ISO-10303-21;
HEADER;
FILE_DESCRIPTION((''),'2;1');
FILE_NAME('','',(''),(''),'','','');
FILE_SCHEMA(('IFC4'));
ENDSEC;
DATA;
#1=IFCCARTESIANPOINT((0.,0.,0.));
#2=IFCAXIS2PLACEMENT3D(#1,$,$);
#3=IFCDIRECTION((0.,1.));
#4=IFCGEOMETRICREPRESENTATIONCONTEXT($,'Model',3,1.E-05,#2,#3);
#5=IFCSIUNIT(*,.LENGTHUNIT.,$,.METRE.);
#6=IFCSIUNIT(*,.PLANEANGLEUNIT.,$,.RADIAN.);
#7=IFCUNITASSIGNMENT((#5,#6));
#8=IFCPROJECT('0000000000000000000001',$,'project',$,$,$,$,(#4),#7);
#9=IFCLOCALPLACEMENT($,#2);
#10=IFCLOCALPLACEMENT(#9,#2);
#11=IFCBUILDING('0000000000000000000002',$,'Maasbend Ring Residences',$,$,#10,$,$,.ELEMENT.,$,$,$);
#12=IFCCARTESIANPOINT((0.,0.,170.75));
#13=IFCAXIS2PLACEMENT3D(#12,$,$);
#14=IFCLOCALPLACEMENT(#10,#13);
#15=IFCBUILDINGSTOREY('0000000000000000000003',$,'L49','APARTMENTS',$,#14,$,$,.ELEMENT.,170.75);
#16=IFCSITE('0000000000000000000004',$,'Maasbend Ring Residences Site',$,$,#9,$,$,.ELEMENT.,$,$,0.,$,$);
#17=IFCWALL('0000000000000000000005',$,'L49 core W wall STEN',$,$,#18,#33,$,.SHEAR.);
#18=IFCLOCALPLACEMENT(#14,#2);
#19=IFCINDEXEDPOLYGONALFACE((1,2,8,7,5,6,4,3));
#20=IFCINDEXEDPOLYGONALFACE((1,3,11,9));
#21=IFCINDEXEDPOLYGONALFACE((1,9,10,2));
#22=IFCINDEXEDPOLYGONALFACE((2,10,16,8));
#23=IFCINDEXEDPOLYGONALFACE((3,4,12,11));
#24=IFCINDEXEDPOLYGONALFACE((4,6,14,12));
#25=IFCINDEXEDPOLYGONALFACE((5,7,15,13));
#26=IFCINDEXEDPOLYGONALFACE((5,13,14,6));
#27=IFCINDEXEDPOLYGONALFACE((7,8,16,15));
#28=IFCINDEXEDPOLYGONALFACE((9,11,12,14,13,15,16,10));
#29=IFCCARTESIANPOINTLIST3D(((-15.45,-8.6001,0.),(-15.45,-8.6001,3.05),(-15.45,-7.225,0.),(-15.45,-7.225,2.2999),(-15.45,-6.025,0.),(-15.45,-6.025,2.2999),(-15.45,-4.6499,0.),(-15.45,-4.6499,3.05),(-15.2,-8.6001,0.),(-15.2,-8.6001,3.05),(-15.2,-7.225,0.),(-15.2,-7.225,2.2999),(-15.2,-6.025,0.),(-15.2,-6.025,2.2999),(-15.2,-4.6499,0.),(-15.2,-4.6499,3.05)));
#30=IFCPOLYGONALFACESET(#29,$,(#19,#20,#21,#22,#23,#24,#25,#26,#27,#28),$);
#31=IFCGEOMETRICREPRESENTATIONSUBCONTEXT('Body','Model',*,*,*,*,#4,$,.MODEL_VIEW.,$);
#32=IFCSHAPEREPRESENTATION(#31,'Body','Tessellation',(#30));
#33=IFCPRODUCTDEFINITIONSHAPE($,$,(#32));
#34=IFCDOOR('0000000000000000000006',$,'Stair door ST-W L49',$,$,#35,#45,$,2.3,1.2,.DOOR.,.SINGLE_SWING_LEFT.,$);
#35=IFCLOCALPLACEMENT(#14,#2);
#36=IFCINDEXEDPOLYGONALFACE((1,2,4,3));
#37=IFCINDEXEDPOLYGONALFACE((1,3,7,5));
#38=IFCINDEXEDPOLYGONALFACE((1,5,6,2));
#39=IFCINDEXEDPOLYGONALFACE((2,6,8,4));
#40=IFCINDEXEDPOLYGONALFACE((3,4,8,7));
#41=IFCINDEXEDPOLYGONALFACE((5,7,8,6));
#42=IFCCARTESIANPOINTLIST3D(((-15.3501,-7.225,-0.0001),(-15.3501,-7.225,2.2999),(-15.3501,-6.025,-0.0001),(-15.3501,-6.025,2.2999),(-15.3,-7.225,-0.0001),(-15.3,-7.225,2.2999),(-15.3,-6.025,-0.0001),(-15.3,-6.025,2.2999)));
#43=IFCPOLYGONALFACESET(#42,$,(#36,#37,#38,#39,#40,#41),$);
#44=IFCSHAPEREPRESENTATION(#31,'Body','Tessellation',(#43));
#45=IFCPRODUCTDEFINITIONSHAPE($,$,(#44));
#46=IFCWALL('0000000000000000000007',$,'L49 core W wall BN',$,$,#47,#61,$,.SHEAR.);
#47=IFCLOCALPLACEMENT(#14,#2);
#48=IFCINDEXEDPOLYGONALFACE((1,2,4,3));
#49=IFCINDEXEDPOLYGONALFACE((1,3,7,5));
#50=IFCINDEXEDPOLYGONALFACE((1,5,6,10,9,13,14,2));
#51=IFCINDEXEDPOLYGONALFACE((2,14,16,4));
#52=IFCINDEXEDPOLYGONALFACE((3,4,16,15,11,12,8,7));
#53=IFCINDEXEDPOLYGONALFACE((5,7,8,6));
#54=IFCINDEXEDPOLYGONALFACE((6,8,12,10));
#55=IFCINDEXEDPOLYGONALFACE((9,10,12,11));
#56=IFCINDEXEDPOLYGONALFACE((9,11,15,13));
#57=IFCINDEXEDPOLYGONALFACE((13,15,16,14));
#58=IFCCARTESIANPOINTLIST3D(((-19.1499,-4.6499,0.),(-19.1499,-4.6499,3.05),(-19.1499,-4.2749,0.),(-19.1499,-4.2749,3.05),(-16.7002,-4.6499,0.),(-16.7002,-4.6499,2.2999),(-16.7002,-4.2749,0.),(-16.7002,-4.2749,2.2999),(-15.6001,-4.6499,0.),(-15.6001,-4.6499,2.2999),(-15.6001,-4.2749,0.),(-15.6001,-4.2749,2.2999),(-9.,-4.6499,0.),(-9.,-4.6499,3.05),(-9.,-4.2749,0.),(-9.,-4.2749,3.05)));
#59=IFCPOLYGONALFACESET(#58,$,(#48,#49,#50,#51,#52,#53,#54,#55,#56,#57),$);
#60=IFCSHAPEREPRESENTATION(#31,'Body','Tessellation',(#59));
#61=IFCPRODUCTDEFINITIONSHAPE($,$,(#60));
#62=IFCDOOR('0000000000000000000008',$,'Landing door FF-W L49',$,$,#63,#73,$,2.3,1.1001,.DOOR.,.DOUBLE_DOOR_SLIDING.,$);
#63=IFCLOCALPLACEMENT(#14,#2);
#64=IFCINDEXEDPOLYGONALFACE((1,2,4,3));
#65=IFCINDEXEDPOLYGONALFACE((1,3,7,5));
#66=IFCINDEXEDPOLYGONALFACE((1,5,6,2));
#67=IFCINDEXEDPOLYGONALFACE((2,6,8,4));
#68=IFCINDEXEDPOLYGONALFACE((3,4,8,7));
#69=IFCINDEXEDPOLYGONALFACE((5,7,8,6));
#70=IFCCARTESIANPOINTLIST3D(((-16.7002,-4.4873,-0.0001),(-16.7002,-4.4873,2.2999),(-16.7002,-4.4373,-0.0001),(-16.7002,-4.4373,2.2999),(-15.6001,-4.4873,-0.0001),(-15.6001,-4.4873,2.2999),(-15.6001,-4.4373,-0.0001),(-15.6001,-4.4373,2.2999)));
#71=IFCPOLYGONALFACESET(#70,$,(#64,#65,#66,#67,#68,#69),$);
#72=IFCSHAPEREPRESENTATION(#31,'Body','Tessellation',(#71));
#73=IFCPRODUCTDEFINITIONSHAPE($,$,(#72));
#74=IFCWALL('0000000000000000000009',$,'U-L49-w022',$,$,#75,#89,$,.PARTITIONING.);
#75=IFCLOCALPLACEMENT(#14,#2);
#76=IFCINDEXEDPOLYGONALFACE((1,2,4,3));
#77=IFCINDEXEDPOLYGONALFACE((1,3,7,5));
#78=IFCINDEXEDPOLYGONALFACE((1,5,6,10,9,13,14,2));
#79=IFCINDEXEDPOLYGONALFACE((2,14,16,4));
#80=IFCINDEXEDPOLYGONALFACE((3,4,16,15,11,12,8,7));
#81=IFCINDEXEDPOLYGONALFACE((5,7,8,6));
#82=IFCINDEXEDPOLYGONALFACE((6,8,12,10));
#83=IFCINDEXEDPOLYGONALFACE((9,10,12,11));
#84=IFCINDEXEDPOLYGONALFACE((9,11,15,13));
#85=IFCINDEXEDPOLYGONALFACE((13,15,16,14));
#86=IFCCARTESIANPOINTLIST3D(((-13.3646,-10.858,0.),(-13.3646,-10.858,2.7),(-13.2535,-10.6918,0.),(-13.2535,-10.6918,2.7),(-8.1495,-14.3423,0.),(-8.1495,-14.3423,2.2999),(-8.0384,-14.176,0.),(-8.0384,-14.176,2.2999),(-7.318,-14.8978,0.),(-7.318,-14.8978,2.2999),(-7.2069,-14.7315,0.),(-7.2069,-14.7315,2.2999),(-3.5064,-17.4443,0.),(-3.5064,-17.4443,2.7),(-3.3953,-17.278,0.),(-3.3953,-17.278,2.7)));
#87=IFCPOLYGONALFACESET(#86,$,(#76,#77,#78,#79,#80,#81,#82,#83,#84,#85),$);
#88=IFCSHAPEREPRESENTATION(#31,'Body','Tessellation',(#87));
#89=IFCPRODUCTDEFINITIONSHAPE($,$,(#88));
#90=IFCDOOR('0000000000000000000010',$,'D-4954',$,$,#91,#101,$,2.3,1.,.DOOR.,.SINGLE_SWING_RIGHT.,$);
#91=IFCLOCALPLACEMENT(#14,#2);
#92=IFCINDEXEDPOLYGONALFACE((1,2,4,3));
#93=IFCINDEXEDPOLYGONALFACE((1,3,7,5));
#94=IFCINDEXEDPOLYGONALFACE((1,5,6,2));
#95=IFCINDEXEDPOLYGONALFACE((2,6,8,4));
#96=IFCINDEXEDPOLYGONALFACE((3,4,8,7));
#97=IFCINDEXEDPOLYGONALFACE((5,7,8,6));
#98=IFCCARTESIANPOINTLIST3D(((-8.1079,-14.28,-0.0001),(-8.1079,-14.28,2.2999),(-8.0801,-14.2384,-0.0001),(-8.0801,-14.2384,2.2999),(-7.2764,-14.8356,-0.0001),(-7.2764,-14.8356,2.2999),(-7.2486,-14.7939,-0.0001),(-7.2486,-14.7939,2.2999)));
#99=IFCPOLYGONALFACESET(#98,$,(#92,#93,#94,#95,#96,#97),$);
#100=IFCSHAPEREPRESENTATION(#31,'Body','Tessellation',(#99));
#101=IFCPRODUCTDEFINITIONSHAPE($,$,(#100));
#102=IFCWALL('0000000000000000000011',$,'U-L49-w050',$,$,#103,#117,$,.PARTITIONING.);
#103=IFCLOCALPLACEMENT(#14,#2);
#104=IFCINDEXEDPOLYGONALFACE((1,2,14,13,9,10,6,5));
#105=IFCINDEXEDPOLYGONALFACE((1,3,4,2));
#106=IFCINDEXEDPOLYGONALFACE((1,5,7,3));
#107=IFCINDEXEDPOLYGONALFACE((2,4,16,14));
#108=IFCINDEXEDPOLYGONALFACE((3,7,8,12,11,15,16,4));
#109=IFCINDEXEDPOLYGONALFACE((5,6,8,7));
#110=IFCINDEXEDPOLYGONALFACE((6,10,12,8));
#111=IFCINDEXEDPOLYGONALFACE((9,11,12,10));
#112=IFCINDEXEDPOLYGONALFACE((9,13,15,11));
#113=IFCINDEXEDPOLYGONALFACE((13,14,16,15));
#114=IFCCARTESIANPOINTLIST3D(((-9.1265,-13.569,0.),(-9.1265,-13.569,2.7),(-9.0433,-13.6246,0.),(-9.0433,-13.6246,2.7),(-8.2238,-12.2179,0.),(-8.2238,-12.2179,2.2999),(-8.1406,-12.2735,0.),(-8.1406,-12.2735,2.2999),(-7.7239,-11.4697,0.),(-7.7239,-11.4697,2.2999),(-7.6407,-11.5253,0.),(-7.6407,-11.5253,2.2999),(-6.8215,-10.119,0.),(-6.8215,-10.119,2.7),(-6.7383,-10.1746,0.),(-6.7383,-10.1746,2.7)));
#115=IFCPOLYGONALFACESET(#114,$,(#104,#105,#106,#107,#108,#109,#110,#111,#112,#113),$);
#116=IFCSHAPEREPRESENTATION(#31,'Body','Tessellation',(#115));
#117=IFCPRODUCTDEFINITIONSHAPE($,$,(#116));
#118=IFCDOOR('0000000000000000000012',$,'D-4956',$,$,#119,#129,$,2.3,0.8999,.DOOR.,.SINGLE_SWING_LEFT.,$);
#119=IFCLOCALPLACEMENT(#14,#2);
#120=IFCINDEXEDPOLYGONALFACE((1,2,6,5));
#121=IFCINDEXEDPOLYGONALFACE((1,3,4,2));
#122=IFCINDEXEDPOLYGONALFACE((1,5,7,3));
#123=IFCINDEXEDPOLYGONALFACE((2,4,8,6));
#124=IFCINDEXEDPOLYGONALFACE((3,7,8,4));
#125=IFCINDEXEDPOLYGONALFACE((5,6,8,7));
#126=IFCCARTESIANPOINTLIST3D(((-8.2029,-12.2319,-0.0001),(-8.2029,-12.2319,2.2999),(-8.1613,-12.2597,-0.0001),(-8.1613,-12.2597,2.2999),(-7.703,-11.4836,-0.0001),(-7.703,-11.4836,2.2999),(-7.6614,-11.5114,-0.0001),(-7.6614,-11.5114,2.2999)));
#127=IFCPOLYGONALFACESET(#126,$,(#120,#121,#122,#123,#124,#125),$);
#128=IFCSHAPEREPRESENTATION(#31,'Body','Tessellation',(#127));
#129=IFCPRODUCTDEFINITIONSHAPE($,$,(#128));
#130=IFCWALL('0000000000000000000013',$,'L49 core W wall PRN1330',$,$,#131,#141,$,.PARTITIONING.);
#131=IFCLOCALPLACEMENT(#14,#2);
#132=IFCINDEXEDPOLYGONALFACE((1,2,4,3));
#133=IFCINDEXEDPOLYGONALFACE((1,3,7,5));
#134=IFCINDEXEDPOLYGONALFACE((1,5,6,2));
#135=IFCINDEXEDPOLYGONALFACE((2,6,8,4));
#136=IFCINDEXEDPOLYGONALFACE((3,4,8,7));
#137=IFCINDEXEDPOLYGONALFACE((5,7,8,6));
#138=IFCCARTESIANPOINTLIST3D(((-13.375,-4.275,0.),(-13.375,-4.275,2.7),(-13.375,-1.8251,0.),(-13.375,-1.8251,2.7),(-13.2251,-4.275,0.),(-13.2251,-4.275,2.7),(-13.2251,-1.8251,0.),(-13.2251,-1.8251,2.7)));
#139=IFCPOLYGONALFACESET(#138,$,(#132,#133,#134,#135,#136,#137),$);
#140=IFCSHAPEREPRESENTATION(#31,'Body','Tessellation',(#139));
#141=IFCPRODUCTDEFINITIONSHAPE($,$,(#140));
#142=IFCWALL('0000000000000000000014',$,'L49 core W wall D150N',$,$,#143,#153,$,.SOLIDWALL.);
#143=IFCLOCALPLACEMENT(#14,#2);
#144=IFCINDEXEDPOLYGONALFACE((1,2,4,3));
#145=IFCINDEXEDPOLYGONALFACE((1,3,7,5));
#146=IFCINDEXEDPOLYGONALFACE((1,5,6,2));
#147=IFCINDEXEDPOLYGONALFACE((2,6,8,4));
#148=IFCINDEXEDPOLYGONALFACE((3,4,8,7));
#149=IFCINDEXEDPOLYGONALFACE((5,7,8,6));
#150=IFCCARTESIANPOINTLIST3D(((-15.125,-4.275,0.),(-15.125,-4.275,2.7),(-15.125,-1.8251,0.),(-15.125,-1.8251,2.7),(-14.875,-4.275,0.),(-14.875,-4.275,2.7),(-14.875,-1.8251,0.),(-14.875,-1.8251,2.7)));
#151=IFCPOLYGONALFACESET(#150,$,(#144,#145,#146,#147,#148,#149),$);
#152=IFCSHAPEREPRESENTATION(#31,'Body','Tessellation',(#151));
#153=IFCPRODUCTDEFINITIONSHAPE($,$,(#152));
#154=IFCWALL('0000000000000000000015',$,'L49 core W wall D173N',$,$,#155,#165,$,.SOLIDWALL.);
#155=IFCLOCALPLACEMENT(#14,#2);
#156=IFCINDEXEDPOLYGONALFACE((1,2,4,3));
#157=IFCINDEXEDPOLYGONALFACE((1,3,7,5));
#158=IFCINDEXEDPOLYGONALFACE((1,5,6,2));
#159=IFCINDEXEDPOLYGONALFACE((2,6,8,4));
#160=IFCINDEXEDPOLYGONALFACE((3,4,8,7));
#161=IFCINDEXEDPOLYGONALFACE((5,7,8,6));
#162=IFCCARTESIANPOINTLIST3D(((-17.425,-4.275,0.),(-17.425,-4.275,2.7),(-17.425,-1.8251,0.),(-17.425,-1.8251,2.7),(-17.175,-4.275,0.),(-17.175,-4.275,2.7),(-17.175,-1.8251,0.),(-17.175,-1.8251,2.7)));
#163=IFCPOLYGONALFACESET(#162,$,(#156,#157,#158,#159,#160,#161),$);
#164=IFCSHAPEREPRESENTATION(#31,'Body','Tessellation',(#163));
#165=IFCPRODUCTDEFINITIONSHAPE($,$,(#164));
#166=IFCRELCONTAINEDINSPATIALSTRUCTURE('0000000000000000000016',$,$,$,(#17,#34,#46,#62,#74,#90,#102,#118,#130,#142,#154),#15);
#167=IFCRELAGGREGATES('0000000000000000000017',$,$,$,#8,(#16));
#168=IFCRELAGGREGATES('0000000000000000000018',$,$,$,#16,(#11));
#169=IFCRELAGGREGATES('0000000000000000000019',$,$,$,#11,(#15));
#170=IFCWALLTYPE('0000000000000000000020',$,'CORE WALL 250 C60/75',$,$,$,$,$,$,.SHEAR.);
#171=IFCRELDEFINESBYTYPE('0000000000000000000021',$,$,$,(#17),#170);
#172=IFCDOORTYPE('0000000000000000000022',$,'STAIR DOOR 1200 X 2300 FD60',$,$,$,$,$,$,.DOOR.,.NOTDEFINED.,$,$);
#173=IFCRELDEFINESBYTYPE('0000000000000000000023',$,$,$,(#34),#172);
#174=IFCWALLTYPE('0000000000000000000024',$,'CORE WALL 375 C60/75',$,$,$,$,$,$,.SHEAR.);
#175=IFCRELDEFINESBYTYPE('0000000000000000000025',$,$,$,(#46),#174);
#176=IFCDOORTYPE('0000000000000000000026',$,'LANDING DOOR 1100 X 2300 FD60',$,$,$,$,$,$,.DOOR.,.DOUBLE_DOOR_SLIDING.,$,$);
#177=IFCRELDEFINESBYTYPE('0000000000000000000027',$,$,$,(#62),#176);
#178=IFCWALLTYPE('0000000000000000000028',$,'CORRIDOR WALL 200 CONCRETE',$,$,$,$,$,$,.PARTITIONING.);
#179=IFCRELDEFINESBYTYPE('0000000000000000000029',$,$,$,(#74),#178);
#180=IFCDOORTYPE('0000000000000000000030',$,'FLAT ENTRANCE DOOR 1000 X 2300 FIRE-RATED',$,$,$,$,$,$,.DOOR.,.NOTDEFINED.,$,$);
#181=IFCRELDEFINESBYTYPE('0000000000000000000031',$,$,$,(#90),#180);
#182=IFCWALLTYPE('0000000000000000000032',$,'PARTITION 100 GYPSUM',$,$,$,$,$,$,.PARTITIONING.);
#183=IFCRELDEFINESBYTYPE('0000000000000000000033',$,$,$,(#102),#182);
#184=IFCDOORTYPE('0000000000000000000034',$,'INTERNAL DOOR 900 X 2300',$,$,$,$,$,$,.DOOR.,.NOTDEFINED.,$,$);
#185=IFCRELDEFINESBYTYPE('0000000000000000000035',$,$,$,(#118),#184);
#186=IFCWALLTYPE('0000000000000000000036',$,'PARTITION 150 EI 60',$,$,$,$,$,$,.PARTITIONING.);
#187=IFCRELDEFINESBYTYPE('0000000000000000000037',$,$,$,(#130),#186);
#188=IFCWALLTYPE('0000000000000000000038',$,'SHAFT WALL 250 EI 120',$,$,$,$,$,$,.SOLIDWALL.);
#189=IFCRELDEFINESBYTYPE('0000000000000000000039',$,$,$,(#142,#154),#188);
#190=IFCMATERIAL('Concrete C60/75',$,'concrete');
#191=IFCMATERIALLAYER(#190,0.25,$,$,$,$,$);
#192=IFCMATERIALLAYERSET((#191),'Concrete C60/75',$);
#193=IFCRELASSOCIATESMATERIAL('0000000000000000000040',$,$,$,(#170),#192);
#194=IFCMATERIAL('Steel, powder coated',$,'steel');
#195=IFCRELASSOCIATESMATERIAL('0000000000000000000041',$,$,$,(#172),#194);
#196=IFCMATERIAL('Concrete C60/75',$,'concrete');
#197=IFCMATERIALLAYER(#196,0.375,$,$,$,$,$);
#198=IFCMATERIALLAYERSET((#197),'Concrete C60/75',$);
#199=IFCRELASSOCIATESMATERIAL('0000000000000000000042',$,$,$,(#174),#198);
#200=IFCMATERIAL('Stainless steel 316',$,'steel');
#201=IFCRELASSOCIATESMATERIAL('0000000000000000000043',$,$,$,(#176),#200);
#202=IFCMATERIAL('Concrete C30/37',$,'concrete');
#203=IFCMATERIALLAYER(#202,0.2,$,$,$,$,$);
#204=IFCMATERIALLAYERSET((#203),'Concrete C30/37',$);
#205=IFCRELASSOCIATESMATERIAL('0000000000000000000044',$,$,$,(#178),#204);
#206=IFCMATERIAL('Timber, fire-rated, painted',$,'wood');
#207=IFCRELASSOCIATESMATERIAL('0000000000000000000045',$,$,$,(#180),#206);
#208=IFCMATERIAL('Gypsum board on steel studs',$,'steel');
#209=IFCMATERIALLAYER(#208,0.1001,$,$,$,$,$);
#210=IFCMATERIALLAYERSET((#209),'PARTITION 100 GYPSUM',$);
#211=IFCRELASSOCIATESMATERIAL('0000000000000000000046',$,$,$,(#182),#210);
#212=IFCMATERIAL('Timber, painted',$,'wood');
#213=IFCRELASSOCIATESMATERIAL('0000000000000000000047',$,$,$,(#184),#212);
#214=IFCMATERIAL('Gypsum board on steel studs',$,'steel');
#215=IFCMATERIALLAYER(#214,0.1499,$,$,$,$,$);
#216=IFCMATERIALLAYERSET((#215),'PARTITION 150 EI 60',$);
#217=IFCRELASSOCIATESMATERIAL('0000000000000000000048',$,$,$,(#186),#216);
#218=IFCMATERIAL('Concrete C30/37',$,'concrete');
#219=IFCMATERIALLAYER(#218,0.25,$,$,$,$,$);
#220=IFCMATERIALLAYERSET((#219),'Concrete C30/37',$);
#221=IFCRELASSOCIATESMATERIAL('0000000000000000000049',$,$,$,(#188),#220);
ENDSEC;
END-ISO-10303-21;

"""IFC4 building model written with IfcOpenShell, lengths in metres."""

from ifc_helpers import new_model, si_unit, direction, frame, frame_2d, origin, place, context, subcontext, project, spatial, rectangle, extrude, material, layer, layer_set, type_object, element, fill, save


model = new_model("IFC4")

# Units and contexts
model_context = context("Model", 3, precision=1e-05, world=origin(), true_north=direction((0.0, 1.0)))
body_context = subcontext(model_context, "Body", "Model", "MODEL_VIEW")
ifc_project = project(units=[si_unit("LENGTHUNIT", "METRE"), si_unit("PLANEANGLEUNIT", "RADIAN")], contexts=[model_context])

# Site, building, storey
site_placement = place(None, origin())
site = spatial("IfcSite", under=ifc_project, at=site_placement, Name="Maasbend Ring Residences Site", CompositionType="ELEMENT", RefElevation=0.0)
building_placement = place(site_placement, origin())
building = spatial("IfcBuilding", under=site, at=building_placement, Name="Maasbend Ring Residences", CompositionType="ELEMENT")
storey_placement = place(building_placement, frame((0.0, 0.0, 170.75)))
storey = spatial("IfcBuildingStorey", under=building, at=storey_placement, Name="L49", Description="APARTMENTS", CompositionType="ELEMENT", Elevation=170.75)

# Shared definitions
ifc_material_1 = material(Name="Concrete C60/75", Category="concrete")
ifc_layer_1 = layer(ifc_material_1, 0.25)
ifc_layer_set_1 = layer_set([ifc_layer_1], Name="Concrete C60/75")
wall_type_1 = type_object("IfcWallType", Name="CORE WALL 250 C60/75", PredefinedType="SHEAR", material=ifc_layer_set_1)

# Walls, openings, doors
wall_1_placement = place(storey_placement, frame((-15.325, -4.6499, 0.0), z_axis=(0.0, 0.0, 1.0), x_axis=(0.0, -1.0, 0.0)))
wall_1 = element("IfcWall", 1, at=wall_1_placement, inside=storey, type_object=wall_type_1, Name="L49 core W wall STEN", PredefinedType="SHEAR", context=body_context, shape_type="SweptSolid", body=[
    extrude(rectangle(XDim=3.9502, YDim=0.25, at=frame_2d((1.9751, 0.0))), origin(), (0.0, 0.0, 1.0), 3.05),
])
opening_1_placement = place(wall_1_placement, frame((1.375, 0.0, 0.0)))
opening_1 = element("IfcOpeningElement", 2, at=opening_1_placement, cuts=wall_1, PredefinedType="OPENING", context=body_context, shape_type="SweptSolid", body=[
    extrude(rectangle(XDim=1.2, YDim=2.3, at=frame_2d((0.6001, 1.1499))), frame((0.0, 0.135, 0.0), z_axis=(0.0, -1.0, 0.0), x_axis=(1.0, 0.0, 0.0)), (0.0, 0.0, 1.0), 0.27),
])
ifc_material_2 = material(Name="Steel, powder coated", Category="steel")
door_type_1 = type_object("IfcDoorType", Name="STAIR DOOR 1200 X 2300 FD60", OperationType="NOTDEFINED", PredefinedType="DOOR", material=ifc_material_2)
door_1_placement = place(opening_1_placement, origin())
door_1 = element("IfcDoor", 3, at=door_1_placement, inside=storey, type_object=door_type_1, Name="Stair door ST-W L49", OperationType="SINGLE_SWING_LEFT", OverallHeight=2.3, OverallWidth=1.2, PredefinedType="DOOR", context=body_context, shape_type="SweptSolid", body=[
    extrude(rectangle(XDim=1.2, YDim=2.3, at=frame_2d((0.6001, 1.1499))), frame((0.0, 0.0249, 0.0), z_axis=(0.0, -1.0, 0.0), x_axis=(1.0, 0.0, 0.0)), (0.0, 0.0, 1.0), 0.05),
])
fill(opening_1, door_1)
ifc_material_3 = material(Name="Concrete C60/75", Category="concrete")
ifc_layer_2 = layer(ifc_material_3, 0.375)
ifc_layer_set_2 = layer_set([ifc_layer_2], Name="Concrete C60/75")
wall_type_2 = type_object("IfcWallType", Name="CORE WALL 375 C60/75", PredefinedType="SHEAR", material=ifc_layer_set_2)
wall_2_placement = place(storey_placement, frame((-9.0, -4.4624, 0.0), z_axis=(0.0, 0.0, 1.0), x_axis=(-1.0, 0.0, 0.0)))
wall_2 = element("IfcWall", 4, at=wall_2_placement, inside=storey, type_object=wall_type_2, Name="L49 core W wall BN", PredefinedType="SHEAR", context=body_context, shape_type="SweptSolid", body=[
    extrude(rectangle(XDim=10.1499, YDim=0.375, at=frame_2d((5.075, 0.0))), origin(), (0.0, 0.0, 1.0), 3.05),
])
opening_2_placement = place(wall_2_placement, frame((6.6001, 0.0, 0.0)))
opening_2 = element("IfcOpeningElement", 5, at=opening_2_placement, cuts=wall_2, PredefinedType="OPENING", context=body_context, shape_type="SweptSolid", body=[
    extrude(rectangle(XDim=1.1001, YDim=2.3, at=frame_2d((0.55, 1.1499))), frame((0.0, 0.1975, 0.0), z_axis=(0.0, -1.0, 0.0), x_axis=(1.0, 0.0, 0.0)), (0.0, 0.0, 1.0), 0.395),
])
ifc_material_4 = material(Name="Stainless steel 316", Category="steel")
door_type_2 = type_object("IfcDoorType", Name="LANDING DOOR 1100 X 2300 FD60", OperationType="DOUBLE_DOOR_SLIDING", PredefinedType="DOOR", material=ifc_material_4)
door_2_placement = place(opening_2_placement, origin())
door_2 = element("IfcDoor", 6, at=door_2_placement, inside=storey, type_object=door_type_2, Name="Landing door FF-W L49", OperationType="DOUBLE_DOOR_SLIDING", OverallHeight=2.3, OverallWidth=1.1001, PredefinedType="DOOR", context=body_context, shape_type="SweptSolid", body=[
    extrude(rectangle(XDim=1.1001, YDim=2.3, at=frame_2d((0.55, 1.1499))), frame((0.0, 0.0249, 0.0), z_axis=(0.0, -1.0, 0.0), x_axis=(1.0, 0.0, 0.0)), (0.0, 0.0, 1.0), 0.05),
])
fill(opening_2, door_2)
ifc_material_5 = material(Name="Concrete C30/37", Category="concrete")
ifc_layer_3 = layer(ifc_material_5, 0.2)
ifc_layer_set_3 = layer_set([ifc_layer_3], Name="Concrete C30/37")
wall_type_3 = type_object("IfcWallType", Name="CORRIDOR WALL 200 CONCRETE", PredefinedType="PARTITIONING", material=ifc_layer_set_3)
wall_3_placement = place(storey_placement, frame((-13.3091, -10.7749, 0.0), z_axis=(0.0, 0.0, 1.0), x_axis=(0.831502, -0.555522, 0.0)))
wall_3 = element("IfcWall", 7, at=wall_3_placement, inside=storey, type_object=wall_type_3, Name="U-L49-w022", PredefinedType="PARTITIONING", context=body_context, shape_type="SweptSolid", body=[
    extrude(rectangle(XDim=11.856, YDim=0.2, at=frame_2d((5.928, 0.0))), origin(), (0.0, 0.0, 1.0), 2.7),
])
opening_3_placement = place(wall_3_placement, frame((6.272, 0.0, 0.0)))
opening_3 = element("IfcOpeningElement", 8, at=opening_3_placement, cuts=wall_3, PredefinedType="OPENING", context=body_context, shape_type="SweptSolid", body=[
    extrude(rectangle(XDim=1.0, YDim=2.3, at=frame_2d((0.5, 1.1499))), frame((0.0, 0.1099, 0.0), z_axis=(0.0, -1.0, 0.0), x_axis=(1.0, 0.0, 0.0)), (0.0, 0.0, 1.0), 0.22),
])
ifc_material_6 = material(Name="Timber, fire-rated, painted", Category="wood")
door_type_3 = type_object("IfcDoorType", Name="FLAT ENTRANCE DOOR 1000 X 2300 FIRE-RATED", OperationType="NOTDEFINED", PredefinedType="DOOR", material=ifc_material_6)
door_3_placement = place(opening_3_placement, origin())
door_3 = element("IfcDoor", 9, at=door_3_placement, inside=storey, type_object=door_type_3, Name="D-4954", OperationType="SINGLE_SWING_RIGHT", OverallHeight=2.3, OverallWidth=1.0, PredefinedType="DOOR", context=body_context, shape_type="SweptSolid", body=[
    extrude(rectangle(XDim=1.0, YDim=2.3, at=frame_2d((0.5, 1.1499))), frame((0.0, 0.0249, 0.0), z_axis=(0.0, -1.0, 0.0), x_axis=(1.0, 0.0, 0.0)), (0.0, 0.0, 1.0), 0.05),
])
fill(opening_3, door_3)
ifc_material_7 = material(Name="Gypsum board on steel studs", Category="steel")
ifc_layer_4 = layer(ifc_material_7, 0.1001)
ifc_layer_set_4 = layer_set([ifc_layer_4], Name="PARTITION 100 GYPSUM")
wall_type_4 = type_object("IfcWallType", Name="PARTITION 100 GYPSUM", PredefinedType="PARTITIONING", material=ifc_layer_set_4)
wall_4_placement = place(storey_placement, frame((-9.085, -13.5969, 0.0), z_axis=(0.0, 0.0, 1.0), x_axis=(0.555528, 0.831498, 0.0)))
wall_4 = element("IfcWall", 10, at=wall_4_placement, inside=storey, type_object=wall_type_4, Name="U-L49-w050", PredefinedType="PARTITIONING", context=body_context, shape_type="SweptSolid", body=[
    extrude(rectangle(XDim=4.1492, YDim=0.1001, at=frame_2d((2.0747, 0.0))), origin(), (0.0, 0.0, 1.0), 2.7),
])
opening_4_placement = place(wall_4_placement, frame((1.625, 0.0, 0.0)))
opening_4 = element("IfcOpeningElement", 11, at=opening_4_placement, cuts=wall_4, PredefinedType="OPENING", context=body_context, shape_type="SweptSolid", body=[
    extrude(rectangle(XDim=0.8999, YDim=2.3, at=frame_2d((0.45, 1.1499))), frame((0.0, 0.0601, 0.0), z_axis=(0.0, -1.0, 0.0), x_axis=(1.0, 0.0, 0.0)), (0.0, 0.0, 1.0), 0.1201),
])
ifc_material_8 = material(Name="Timber, painted", Category="wood")
door_type_4 = type_object("IfcDoorType", Name="INTERNAL DOOR 900 X 2300", OperationType="NOTDEFINED", PredefinedType="DOOR", material=ifc_material_8)
door_4_placement = place(opening_4_placement, origin())
door_4 = element("IfcDoor", 12, at=door_4_placement, inside=storey, type_object=door_type_4, Name="D-4956", OperationType="SINGLE_SWING_LEFT", OverallHeight=2.3, OverallWidth=0.8999, PredefinedType="DOOR", context=body_context, shape_type="SweptSolid", body=[
    extrude(rectangle(XDim=0.8999, YDim=2.3, at=frame_2d((0.45, 1.1499))), frame((0.0, 0.0249, 0.0), z_axis=(0.0, -1.0, 0.0), x_axis=(1.0, 0.0, 0.0)), (0.0, 0.0, 1.0), 0.05),
])
fill(opening_4, door_4)

# Walls
ifc_material_9 = material(Name="Gypsum board on steel studs", Category="steel")
ifc_layer_5 = layer(ifc_material_9, 0.1499)
ifc_layer_set_5 = layer_set([ifc_layer_5], Name="PARTITION 150 EI 60")
wall_type_5 = type_object("IfcWallType", Name="PARTITION 150 EI 60", PredefinedType="PARTITIONING", material=ifc_layer_set_5)
wall_5_placement = place(storey_placement, frame((-13.3, -1.825, 0.0), z_axis=(0.0, 0.0, 1.0), x_axis=(0.0, -1.0, 0.0)))
element("IfcWall", 13, at=wall_5_placement, inside=storey, type_object=wall_type_5, Name="L49 core W wall PRN1330", PredefinedType="PARTITIONING", context=body_context, shape_type="SweptSolid", body=[
    extrude(rectangle(XDim=2.45, YDim=0.1499, at=frame_2d((1.2251, 0.0))), origin(), (0.0, 0.0, 1.0), 2.7),
])
ifc_material_10 = material(Name="Concrete C30/37", Category="concrete")
ifc_layer_6 = layer(ifc_material_10, 0.25)
ifc_layer_set_6 = layer_set([ifc_layer_6], Name="Concrete C30/37")
wall_type_6 = type_object("IfcWallType", Name="SHAFT WALL 250 EI 120", PredefinedType="SOLIDWALL", material=ifc_layer_set_6)
for number, where, z_axis, x_axis, name in (
    (14, (-15.0, -1.825, 0.0), (0.0, 0.0, 1.0), (0.0, -1.0, 0.0), "L49 core W wall D150N"),
    (15, (-17.3, -1.825, 0.0), (0.0, 0.0, 1.0), (0.0, -1.0, 0.0), "L49 core W wall D173N"),
):
    element("IfcWall", number, at=place(storey_placement, frame(where, z_axis=z_axis, x_axis=x_axis)), inside=storey, type_object=wall_type_6, Name=name, PredefinedType="SOLIDWALL", context=body_context, shape_type="SweptSolid", body=[
        extrude(rectangle(XDim=2.45, YDim=0.25, at=frame_2d((1.2251, 0.0))), origin(), (0.0, 0.0, 1.0), 2.7),
    ])

save(model, "model.ifc")
